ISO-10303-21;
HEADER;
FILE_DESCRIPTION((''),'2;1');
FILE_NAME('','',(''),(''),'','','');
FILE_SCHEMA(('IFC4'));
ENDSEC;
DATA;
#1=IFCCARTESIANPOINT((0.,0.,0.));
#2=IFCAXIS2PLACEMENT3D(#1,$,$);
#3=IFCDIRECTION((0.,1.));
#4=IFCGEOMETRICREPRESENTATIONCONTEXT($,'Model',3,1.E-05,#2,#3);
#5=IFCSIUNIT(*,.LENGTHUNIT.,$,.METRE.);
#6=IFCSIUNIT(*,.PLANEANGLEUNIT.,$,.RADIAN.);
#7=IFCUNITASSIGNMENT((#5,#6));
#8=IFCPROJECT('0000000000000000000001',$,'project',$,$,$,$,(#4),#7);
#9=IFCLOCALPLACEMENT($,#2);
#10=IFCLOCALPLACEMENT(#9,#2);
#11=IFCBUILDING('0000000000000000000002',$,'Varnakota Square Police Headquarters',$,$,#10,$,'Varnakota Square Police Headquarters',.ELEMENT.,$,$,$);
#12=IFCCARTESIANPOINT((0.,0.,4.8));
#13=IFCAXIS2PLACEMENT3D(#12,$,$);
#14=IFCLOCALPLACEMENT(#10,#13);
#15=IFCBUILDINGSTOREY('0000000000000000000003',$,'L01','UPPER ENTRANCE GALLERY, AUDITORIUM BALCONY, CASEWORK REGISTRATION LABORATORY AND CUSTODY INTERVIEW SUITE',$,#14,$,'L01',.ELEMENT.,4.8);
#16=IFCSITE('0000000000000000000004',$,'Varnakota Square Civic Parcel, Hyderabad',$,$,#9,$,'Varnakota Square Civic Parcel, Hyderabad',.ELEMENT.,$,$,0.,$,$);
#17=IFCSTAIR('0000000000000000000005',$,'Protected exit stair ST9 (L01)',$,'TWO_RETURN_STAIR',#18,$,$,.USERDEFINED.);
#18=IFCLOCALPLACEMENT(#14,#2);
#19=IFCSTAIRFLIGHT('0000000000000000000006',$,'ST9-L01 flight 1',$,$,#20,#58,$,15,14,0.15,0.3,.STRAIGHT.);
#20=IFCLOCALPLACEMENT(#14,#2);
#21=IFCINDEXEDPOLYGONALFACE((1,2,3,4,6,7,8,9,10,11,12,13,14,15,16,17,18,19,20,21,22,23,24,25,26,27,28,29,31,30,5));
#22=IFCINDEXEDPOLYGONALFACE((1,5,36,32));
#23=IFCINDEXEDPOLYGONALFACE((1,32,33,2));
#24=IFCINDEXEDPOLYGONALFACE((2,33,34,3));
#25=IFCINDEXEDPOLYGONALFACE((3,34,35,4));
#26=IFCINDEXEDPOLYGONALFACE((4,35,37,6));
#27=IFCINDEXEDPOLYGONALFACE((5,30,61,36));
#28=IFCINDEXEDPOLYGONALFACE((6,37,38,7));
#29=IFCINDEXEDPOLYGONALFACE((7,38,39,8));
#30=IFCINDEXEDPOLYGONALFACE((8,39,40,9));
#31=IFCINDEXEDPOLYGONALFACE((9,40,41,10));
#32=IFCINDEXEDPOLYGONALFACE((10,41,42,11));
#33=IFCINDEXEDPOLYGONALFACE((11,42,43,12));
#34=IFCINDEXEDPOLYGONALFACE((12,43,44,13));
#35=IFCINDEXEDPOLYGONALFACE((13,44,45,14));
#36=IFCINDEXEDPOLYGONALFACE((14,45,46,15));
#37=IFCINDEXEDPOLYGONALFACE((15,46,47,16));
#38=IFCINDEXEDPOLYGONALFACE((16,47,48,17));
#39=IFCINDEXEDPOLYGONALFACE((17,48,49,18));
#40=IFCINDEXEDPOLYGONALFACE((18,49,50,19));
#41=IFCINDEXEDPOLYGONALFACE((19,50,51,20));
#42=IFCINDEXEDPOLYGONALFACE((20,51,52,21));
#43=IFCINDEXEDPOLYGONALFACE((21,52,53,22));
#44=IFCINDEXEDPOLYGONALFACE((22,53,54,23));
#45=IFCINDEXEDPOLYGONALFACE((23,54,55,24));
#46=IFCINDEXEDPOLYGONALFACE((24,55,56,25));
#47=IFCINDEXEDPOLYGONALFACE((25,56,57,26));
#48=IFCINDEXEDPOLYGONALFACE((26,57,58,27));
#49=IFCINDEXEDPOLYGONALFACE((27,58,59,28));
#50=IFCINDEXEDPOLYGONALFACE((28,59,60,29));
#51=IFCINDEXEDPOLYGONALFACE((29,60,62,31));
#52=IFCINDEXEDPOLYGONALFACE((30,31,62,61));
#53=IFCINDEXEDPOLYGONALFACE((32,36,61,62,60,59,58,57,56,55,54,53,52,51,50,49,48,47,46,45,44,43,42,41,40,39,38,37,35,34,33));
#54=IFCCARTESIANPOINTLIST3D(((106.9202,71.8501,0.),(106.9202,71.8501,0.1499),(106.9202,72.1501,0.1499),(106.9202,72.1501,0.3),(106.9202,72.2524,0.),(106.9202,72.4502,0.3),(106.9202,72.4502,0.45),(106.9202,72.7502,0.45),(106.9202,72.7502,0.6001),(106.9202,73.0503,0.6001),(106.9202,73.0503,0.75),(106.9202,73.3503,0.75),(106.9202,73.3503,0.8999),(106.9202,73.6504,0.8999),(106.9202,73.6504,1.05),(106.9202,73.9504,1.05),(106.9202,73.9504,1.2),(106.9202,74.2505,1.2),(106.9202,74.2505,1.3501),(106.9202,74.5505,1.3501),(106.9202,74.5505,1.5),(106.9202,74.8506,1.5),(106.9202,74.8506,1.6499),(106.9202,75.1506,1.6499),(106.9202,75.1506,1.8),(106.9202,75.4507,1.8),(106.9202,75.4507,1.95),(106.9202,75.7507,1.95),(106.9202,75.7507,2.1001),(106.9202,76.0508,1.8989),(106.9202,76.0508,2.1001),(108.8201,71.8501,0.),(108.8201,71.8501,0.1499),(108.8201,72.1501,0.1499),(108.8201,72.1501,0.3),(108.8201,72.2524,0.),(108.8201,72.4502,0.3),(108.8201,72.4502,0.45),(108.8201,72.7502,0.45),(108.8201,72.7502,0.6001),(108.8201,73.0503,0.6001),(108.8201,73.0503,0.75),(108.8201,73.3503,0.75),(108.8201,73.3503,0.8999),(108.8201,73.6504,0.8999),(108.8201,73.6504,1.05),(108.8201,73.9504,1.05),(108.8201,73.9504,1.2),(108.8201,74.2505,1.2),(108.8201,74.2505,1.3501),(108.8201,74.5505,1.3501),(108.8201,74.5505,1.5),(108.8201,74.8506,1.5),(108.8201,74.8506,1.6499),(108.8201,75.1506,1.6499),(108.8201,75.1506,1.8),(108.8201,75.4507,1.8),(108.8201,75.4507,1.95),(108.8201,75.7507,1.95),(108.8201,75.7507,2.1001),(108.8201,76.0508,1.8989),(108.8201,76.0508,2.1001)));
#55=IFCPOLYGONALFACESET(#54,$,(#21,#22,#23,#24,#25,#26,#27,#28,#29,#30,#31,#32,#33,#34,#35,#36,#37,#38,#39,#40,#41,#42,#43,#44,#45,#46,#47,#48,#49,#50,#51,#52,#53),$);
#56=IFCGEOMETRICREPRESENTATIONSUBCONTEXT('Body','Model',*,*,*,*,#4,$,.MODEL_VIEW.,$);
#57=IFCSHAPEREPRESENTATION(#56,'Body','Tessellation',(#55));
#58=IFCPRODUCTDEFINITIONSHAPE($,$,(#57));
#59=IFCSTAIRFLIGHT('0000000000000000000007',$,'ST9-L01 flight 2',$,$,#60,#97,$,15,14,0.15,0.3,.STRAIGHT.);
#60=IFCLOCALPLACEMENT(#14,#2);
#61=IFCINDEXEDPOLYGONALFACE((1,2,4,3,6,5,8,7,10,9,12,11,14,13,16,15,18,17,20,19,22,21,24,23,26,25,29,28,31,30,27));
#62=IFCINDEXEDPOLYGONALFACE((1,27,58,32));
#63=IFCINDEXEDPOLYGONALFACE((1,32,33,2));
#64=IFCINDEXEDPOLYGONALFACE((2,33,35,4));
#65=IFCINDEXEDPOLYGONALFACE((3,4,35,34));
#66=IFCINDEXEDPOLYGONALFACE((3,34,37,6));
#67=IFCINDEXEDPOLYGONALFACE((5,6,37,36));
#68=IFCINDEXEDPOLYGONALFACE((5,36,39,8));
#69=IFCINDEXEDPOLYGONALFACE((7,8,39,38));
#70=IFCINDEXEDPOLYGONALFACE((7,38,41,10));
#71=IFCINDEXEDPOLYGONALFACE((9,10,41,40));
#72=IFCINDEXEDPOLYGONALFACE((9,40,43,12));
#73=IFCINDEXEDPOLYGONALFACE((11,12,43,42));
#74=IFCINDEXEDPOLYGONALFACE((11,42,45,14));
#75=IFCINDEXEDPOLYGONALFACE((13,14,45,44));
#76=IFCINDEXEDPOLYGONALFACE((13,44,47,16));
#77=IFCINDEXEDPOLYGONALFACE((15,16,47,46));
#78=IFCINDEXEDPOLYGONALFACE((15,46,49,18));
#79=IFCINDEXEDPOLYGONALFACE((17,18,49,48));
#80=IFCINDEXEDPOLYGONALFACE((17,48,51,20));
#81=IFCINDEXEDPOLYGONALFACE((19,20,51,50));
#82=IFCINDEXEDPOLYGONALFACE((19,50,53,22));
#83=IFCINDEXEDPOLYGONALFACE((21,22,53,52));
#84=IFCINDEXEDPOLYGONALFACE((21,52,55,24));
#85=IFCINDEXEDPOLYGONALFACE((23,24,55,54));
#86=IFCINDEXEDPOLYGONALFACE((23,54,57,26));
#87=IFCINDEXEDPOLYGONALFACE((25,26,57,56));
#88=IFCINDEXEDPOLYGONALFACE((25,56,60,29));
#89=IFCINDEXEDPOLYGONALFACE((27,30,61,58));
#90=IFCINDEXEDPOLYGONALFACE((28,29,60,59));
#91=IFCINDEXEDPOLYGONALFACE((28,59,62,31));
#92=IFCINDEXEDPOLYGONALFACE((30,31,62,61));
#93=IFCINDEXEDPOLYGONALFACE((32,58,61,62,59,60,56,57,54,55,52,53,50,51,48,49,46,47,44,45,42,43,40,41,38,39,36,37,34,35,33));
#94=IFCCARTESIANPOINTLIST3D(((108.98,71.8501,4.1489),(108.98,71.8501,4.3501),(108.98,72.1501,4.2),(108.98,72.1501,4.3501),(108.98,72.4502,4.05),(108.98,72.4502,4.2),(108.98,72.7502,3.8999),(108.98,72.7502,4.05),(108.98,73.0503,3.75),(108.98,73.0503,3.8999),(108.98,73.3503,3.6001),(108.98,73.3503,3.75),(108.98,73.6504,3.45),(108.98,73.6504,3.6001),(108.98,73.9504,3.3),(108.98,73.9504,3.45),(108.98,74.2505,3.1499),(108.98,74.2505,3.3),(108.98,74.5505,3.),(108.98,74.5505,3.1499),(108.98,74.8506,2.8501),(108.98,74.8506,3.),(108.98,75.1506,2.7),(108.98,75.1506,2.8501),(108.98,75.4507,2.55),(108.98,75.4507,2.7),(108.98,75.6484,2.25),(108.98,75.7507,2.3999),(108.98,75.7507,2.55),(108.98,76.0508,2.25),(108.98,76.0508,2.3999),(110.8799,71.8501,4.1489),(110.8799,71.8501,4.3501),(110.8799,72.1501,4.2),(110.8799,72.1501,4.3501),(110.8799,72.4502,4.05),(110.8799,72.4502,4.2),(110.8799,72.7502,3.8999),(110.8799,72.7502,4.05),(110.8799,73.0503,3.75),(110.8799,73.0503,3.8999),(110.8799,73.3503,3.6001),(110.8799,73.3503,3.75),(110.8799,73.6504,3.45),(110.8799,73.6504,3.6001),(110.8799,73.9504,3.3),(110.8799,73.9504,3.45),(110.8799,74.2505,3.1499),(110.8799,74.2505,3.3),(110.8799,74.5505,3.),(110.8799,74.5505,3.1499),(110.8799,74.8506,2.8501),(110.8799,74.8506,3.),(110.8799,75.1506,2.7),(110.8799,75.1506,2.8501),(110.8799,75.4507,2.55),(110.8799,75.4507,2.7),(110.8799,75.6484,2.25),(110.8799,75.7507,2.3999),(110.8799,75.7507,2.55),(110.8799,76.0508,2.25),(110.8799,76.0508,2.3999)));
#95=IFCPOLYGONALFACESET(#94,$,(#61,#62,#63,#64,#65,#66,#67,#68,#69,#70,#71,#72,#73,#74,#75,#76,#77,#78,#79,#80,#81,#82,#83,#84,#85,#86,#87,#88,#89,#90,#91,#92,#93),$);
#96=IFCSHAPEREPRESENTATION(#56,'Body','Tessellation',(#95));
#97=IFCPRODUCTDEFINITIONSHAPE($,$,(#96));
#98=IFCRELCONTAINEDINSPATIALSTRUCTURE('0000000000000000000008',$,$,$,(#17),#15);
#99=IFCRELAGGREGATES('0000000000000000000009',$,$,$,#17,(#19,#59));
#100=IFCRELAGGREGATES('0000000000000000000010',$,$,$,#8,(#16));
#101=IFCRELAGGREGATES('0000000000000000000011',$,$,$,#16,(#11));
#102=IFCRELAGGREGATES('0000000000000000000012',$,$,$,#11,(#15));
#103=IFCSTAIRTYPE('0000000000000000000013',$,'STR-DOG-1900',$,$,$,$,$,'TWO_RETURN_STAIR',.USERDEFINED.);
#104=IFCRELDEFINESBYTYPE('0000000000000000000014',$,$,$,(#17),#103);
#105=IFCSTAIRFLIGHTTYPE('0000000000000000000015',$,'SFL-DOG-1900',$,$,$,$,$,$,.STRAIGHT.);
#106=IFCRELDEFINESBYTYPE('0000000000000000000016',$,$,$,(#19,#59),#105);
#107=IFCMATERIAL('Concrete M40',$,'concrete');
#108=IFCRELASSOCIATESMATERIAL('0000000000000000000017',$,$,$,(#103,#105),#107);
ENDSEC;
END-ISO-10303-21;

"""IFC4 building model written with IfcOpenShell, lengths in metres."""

from ifc_helpers import new_model, si_unit, direction, frame, origin, place, context, subcontext, project, spatial, polyline, outline, extrude, material, type_object, element, aggregate, save


model = new_model("IFC4")

# Units and contexts
model_context = context("Model", 3, precision=1e-05, world=origin(), true_north=direction((0.0, 1.0)))
body_context = subcontext(model_context, "Body", "Model", "MODEL_VIEW")
ifc_project = project(units=[si_unit("LENGTHUNIT", "METRE"), si_unit("PLANEANGLEUNIT", "RADIAN")], contexts=[model_context])

# Site, building, storey
site_placement = place(None, origin())
site = spatial("IfcSite", under=ifc_project, at=site_placement, Name="Varnakota Square Civic Parcel, Hyderabad", LongName="Varnakota Square Civic Parcel, Hyderabad", CompositionType="ELEMENT", RefElevation=0.0)
building_placement = place(site_placement, origin())
building = spatial("IfcBuilding", under=site, at=building_placement, Name="Varnakota Square Police Headquarters", LongName="Varnakota Square Police Headquarters", CompositionType="ELEMENT")
storey_placement = place(building_placement, frame((0.0, 0.0, 4.8)))
storey = spatial("IfcBuildingStorey", under=building, at=storey_placement, Name="L01", Description="UPPER ENTRANCE GALLERY, AUDITORIUM BALCONY, CASEWORK REGISTRATION LABORATORY AND CUSTODY INTERVIEW SUITE", LongName="L01", CompositionType="ELEMENT", Elevation=4.8)

# Stair, stair flights
ifc_material_1 = material(Name="Concrete M40", Category="concrete")
stair_type = type_object("IfcStairType", Name="STR-DOG-1900", ElementType="TWO_RETURN_STAIR", PredefinedType="USERDEFINED", material=ifc_material_1)
stair_placement = place(storey_placement, origin())
stair = element("IfcStair", 1, at=stair_placement, inside=storey, type_object=stair_type, Name="Protected exit stair ST9 (L01)", ObjectType="TWO_RETURN_STAIR", PredefinedType="USERDEFINED")
stair_flight_type = type_object("IfcStairFlightType", Name="SFL-DOG-1900", PredefinedType="STRAIGHT", material=ifc_material_1)
stair_flight_1_placement = place(storey_placement, frame((107.8701, 71.8501, 0.0), z_axis=(0.0, 0.0, 1.0), x_axis=(0.0, 1.0, 0.0)))
stair_flight_1 = element("IfcStairFlight", 2, at=stair_flight_1_placement, type_object=stair_flight_type, Name="ST9-L01 flight 1", NumberOfRisers=15, NumberOfTreads=14, PredefinedType="STRAIGHT", RiserHeight=0.15, TreadLength=0.3, context=body_context, shape_type="SweptSolid", body=[
    extrude(outline(polyline([(0.0, 0.0), (0.0, 0.1499), (0.3, 0.1499), (0.3, 0.3), (0.6001, 0.3), (0.6001, 0.45), (0.9001, 0.45), (0.9001, 0.6001), (1.2002, 0.6001), (1.2002, 0.75), (1.5002, 0.75), (1.5002, 0.8999), (1.8003, 0.8999), (1.8003, 1.05), (2.1003, 1.05), (2.1003, 1.2), (2.4004, 1.2), (2.4004, 1.3501), (2.7004, 1.3501), (2.7004, 1.5), (3.0005, 1.5), (3.0005, 1.6499), (3.3005, 1.6499), (3.3005, 1.8), (3.6006, 1.8), (3.6006, 1.95), (3.9006, 1.95), (3.9006, 2.1001), (4.2007, 2.1001), (4.2007, 2.25), (4.2007, 1.8989), (0.4023, 0.0), (0.0, 0.0)])), frame((0.0, 0.95, 0.0), z_axis=(0.0, -1.0, 0.0), x_axis=(1.0, 0.0, 0.0)), (0.0, 0.0, 1.0), 1.8999),
])
stair_flight_2_placement = place(storey_placement, frame((109.9299, 76.0508, 2.25), z_axis=(0.0, 0.0, 1.0), x_axis=(0.0, -1.0, 0.0)))
stair_flight_2 = element("IfcStairFlight", 3, at=stair_flight_2_placement, type_object=stair_flight_type, Name="ST9-L01 flight 2", NumberOfRisers=15, NumberOfTreads=14, PredefinedType="STRAIGHT", RiserHeight=0.15, TreadLength=0.3, context=body_context, shape_type="SweptSolid", body=[
    extrude(outline(polyline([(0.0, 0.0), (0.0, 0.1499), (0.3, 0.1499), (0.3, 0.3), (0.6001, 0.3), (0.6001, 0.45), (0.9001, 0.45), (0.9001, 0.6001), (1.2002, 0.6001), (1.2002, 0.75), (1.5002, 0.75), (1.5002, 0.8999), (1.8003, 0.8999), (1.8003, 1.05), (2.1003, 1.05), (2.1003, 1.2), (2.4004, 1.2), (2.4004, 1.3501), (2.7004, 1.3501), (2.7004, 1.5), (3.0005, 1.5), (3.0005, 1.6499), (3.3005, 1.6499), (3.3005, 1.8), (3.6006, 1.8), (3.6006, 1.95), (3.9006, 1.95), (3.9006, 2.1001), (4.2007, 2.1001), (4.2007, 2.25), (4.2007, 1.8989), (0.4023, 0.0), (0.0, 0.0)])), frame((0.0, 0.95, 0.0), z_axis=(0.0, -1.0, 0.0), x_axis=(1.0, 0.0, 0.0)), (0.0, 0.0, 1.0), 1.8999),
])
aggregate(stair, [stair_flight_1, stair_flight_2])

save(model, "model.ifc")
